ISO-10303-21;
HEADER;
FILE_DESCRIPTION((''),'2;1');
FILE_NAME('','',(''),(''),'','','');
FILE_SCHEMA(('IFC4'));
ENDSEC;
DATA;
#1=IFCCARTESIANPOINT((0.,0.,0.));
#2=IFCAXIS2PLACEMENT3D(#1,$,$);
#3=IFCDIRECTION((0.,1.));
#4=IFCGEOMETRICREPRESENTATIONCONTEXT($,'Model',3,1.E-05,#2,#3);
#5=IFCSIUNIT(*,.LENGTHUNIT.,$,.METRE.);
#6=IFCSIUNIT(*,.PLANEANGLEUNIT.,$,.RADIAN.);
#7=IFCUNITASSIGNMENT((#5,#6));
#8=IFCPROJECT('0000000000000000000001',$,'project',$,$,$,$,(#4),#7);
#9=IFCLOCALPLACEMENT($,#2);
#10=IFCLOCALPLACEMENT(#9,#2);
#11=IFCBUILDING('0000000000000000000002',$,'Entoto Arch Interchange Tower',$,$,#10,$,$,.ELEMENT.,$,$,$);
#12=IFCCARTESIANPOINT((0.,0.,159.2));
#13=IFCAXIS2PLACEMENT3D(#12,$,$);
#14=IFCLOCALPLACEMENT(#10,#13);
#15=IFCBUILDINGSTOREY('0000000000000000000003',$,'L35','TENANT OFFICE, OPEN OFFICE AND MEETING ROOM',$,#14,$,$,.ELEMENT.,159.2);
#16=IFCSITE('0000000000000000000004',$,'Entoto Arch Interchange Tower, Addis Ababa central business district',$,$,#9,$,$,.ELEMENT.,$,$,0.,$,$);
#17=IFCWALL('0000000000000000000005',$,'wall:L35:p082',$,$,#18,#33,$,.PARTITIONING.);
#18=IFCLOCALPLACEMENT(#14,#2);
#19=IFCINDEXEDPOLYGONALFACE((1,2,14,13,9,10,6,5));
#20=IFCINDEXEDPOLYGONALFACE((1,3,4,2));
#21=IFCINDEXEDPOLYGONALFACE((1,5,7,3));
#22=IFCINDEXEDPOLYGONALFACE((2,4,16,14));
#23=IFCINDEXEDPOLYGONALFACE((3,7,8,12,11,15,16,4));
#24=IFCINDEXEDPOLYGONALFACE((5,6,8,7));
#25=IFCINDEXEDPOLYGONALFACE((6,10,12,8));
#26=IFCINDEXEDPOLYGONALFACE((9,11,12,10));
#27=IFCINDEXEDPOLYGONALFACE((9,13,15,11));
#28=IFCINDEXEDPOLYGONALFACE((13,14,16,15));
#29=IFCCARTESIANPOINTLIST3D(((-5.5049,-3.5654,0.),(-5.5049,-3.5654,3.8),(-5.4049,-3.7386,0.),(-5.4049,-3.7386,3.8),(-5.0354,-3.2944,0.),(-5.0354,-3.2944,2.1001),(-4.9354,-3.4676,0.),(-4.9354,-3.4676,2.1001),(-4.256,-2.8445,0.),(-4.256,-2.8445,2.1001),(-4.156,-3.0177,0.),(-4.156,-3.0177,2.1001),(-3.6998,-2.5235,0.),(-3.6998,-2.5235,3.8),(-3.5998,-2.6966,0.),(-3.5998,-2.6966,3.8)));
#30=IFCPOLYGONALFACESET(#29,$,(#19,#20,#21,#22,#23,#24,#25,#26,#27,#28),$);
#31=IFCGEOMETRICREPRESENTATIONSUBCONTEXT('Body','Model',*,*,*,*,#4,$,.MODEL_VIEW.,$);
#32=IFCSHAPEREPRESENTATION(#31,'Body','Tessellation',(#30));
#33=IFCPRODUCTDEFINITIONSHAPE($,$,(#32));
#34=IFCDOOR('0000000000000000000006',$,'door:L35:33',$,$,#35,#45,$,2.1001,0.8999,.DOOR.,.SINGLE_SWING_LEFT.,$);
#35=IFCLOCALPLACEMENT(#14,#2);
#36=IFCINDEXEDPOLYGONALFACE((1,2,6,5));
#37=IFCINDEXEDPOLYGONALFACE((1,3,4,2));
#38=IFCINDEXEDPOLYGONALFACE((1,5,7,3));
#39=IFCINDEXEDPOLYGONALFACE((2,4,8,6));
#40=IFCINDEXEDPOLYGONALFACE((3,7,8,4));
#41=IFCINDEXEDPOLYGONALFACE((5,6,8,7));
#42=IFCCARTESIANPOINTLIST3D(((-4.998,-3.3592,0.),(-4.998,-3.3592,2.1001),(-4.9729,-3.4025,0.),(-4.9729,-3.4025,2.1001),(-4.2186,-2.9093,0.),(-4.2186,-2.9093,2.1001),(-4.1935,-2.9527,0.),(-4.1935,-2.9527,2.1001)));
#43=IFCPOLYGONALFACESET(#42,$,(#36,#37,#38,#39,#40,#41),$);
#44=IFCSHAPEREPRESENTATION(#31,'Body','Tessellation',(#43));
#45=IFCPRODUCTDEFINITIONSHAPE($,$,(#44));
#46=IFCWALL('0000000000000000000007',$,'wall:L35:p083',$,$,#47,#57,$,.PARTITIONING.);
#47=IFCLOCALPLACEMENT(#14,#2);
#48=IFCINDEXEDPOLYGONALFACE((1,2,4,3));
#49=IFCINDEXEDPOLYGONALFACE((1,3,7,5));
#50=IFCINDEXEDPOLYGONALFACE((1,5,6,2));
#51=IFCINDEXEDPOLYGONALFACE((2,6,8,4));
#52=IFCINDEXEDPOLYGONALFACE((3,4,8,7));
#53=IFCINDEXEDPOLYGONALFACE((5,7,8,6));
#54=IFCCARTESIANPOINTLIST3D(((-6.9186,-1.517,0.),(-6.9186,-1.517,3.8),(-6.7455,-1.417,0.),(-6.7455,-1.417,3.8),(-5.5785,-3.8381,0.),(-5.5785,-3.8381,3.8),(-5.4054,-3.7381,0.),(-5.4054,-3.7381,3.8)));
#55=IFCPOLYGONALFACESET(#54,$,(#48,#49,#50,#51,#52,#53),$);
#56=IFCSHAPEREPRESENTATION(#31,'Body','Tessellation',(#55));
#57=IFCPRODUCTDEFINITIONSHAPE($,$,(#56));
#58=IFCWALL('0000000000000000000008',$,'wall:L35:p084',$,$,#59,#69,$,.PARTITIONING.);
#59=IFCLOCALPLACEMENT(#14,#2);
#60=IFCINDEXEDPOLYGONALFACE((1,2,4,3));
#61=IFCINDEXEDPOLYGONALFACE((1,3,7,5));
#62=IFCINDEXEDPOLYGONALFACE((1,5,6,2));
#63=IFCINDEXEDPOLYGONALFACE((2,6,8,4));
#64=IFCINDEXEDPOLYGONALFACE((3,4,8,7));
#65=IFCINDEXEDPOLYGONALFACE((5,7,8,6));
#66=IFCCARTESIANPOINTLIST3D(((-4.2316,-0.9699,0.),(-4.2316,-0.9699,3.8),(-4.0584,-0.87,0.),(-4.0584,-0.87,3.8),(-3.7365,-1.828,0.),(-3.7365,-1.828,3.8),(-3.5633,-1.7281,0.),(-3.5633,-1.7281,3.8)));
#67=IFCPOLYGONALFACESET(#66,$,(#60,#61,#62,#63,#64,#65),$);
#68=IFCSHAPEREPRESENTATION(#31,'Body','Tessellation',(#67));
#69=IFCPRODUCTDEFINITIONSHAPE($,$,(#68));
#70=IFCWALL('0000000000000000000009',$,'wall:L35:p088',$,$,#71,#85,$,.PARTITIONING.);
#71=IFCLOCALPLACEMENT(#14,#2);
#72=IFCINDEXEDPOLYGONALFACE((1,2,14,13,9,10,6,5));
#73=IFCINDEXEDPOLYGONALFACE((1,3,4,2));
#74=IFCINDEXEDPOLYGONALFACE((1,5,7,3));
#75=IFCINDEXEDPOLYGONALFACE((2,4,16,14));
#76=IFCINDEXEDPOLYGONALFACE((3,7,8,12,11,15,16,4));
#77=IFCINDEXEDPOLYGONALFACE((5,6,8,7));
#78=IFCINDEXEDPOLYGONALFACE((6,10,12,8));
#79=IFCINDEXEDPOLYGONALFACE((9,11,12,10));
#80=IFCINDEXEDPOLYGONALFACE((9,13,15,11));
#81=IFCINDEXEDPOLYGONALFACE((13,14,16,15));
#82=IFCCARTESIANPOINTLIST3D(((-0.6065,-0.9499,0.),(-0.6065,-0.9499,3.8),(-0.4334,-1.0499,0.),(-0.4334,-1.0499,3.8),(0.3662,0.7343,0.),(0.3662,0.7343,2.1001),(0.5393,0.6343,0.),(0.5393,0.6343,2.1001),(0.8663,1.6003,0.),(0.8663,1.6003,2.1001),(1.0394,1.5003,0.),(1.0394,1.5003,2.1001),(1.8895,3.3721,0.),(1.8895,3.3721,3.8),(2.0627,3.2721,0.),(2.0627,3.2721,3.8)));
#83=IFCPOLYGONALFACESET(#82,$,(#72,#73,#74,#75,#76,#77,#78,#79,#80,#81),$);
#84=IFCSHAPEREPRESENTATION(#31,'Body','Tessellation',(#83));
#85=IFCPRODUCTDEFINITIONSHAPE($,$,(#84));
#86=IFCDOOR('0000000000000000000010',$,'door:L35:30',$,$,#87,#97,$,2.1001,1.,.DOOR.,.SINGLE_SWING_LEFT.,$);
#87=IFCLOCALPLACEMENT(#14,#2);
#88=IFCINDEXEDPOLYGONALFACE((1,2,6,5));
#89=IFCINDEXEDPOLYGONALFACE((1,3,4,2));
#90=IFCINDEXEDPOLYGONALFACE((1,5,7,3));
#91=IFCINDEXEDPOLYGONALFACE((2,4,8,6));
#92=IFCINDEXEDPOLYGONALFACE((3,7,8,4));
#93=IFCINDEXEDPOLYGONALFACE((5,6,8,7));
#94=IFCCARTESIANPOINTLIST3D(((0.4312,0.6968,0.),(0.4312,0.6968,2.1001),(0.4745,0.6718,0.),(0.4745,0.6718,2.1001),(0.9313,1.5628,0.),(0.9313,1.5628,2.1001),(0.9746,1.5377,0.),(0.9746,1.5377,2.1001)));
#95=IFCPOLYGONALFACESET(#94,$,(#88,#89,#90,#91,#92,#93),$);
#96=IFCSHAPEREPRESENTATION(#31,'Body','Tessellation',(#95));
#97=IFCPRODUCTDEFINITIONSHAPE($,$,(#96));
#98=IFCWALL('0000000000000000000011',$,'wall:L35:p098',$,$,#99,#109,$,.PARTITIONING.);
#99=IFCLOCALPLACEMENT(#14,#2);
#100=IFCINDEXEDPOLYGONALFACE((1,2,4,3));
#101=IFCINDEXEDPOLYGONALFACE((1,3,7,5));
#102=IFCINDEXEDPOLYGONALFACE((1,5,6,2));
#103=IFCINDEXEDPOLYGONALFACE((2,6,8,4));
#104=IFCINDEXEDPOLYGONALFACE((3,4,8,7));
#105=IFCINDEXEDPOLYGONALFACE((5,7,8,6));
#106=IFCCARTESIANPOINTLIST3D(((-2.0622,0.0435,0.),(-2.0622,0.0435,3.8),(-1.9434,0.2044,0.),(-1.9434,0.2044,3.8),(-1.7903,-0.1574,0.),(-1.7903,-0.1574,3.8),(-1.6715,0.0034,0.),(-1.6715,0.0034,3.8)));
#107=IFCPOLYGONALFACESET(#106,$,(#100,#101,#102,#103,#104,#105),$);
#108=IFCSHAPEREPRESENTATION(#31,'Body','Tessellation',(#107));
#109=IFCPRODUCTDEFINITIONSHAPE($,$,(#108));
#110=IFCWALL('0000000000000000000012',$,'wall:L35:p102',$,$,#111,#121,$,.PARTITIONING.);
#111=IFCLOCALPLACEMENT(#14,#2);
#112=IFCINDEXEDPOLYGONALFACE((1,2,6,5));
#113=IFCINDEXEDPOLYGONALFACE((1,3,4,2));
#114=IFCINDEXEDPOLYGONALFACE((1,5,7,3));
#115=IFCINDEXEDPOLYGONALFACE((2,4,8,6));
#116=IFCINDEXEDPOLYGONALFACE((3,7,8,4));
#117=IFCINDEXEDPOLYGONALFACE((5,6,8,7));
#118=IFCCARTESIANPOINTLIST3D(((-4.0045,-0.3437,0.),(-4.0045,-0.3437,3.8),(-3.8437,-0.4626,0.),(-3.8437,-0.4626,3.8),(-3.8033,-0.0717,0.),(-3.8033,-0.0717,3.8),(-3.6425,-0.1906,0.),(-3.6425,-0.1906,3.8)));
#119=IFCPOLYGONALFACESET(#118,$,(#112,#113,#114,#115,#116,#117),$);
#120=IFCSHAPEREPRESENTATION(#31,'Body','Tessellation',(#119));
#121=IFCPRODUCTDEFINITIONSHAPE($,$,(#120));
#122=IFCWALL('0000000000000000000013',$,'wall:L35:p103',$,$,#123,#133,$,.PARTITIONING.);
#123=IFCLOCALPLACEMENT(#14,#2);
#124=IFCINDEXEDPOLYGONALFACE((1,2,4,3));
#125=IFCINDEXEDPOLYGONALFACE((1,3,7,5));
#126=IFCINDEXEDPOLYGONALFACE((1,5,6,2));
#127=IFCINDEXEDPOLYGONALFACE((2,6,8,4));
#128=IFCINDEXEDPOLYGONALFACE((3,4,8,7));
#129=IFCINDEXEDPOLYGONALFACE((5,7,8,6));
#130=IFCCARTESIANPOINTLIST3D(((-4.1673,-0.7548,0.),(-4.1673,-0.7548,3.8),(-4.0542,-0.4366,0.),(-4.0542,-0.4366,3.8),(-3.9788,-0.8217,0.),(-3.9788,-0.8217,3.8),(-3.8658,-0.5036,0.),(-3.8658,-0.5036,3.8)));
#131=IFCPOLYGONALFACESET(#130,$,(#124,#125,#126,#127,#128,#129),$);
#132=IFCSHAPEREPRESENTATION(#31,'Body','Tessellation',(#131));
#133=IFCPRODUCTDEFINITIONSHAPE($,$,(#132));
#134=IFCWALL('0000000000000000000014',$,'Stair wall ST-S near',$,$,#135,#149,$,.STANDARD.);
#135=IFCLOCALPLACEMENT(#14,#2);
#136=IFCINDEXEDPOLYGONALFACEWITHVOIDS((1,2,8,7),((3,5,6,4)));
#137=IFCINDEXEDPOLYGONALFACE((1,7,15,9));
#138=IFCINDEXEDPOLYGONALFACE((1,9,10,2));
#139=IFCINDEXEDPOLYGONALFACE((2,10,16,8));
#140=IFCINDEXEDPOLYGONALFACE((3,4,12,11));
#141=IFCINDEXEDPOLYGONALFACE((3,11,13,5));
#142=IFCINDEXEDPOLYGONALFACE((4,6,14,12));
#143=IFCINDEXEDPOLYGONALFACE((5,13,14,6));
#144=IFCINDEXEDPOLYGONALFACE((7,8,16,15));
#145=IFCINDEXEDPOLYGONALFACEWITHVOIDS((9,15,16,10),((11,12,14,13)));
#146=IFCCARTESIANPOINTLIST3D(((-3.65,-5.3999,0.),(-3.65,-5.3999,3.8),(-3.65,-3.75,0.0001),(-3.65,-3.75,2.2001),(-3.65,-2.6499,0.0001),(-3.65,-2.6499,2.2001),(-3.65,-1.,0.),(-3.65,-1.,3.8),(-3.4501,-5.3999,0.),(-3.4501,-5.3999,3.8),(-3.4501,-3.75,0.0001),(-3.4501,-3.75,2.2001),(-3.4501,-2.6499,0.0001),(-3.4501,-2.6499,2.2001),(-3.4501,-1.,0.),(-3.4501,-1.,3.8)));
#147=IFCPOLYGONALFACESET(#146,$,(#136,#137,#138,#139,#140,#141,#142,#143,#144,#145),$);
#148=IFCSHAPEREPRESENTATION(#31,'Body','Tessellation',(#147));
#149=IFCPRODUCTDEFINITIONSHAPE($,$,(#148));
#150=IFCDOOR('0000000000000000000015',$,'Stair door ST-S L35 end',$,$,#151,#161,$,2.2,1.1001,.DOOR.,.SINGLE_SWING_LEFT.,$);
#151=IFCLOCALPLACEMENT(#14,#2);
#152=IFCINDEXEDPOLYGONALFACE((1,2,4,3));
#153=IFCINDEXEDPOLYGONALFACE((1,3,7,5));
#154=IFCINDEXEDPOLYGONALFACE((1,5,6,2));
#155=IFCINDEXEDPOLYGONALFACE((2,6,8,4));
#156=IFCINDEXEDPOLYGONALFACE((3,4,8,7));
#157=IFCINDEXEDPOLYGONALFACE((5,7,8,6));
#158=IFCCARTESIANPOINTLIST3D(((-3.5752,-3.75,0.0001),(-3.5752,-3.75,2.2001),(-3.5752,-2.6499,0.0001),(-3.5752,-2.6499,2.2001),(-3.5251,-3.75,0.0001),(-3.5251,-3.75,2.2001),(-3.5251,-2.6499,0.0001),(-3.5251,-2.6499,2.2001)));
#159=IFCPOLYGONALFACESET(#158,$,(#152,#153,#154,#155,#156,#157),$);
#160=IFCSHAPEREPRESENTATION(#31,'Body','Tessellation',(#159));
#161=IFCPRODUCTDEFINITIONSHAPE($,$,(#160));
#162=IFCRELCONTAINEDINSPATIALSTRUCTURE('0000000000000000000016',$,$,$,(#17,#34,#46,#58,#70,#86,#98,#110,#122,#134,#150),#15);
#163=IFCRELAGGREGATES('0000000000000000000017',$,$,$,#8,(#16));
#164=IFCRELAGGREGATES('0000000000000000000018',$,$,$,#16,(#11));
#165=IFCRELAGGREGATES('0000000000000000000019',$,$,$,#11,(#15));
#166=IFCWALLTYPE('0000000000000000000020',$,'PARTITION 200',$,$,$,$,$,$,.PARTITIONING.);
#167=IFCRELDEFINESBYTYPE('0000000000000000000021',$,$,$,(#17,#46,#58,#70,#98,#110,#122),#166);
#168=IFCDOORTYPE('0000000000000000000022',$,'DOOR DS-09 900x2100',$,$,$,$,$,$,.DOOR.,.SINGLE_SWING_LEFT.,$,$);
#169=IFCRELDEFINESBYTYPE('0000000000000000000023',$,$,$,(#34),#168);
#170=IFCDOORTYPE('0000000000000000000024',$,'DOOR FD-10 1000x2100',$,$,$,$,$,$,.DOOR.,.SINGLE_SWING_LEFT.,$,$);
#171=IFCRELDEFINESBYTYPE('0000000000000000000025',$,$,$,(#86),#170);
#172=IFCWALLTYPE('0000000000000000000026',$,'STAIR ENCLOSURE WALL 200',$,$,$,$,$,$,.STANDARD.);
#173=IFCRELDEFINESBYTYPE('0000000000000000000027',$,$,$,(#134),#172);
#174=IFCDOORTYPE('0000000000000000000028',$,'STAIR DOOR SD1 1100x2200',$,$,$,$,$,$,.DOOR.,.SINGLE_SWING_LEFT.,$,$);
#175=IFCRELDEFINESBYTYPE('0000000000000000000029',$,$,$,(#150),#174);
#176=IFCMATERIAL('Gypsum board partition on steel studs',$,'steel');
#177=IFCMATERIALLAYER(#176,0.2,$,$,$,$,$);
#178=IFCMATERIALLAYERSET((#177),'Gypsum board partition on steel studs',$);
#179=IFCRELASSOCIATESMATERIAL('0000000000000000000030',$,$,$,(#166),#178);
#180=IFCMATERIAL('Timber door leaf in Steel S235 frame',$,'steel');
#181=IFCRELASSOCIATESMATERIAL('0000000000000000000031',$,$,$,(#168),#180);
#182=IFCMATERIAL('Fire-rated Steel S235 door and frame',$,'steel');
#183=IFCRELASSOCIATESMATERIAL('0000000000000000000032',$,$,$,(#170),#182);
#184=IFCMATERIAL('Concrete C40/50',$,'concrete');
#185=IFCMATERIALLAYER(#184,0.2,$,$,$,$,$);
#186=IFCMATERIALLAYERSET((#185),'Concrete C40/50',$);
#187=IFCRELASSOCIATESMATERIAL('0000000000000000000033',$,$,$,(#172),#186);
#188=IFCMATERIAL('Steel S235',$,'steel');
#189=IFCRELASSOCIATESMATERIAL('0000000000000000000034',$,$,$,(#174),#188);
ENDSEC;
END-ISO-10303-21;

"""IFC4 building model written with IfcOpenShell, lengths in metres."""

from ifc_helpers import new_model, si_unit, direction, frame, frame_2d, origin, place, context, subcontext, project, spatial, rectangle, extrude, material, layer, layer_set, type_object, element, fill, save


model = new_model("IFC4")

# Units and contexts
model_context = context("Model", 3, precision=1e-05, world=origin(), true_north=direction((0.0, 1.0)))
body_context = subcontext(model_context, "Body", "Model", "MODEL_VIEW")
ifc_project = project(units=[si_unit("LENGTHUNIT", "METRE"), si_unit("PLANEANGLEUNIT", "RADIAN")], contexts=[model_context])

# Site, building, storey
site_placement = place(None, origin())
site = spatial("IfcSite", under=ifc_project, at=site_placement, Name="Entoto Arch Interchange Tower, Addis Ababa central business district", CompositionType="ELEMENT", RefElevation=0.0)
building_placement = place(site_placement, origin())
building = spatial("IfcBuilding", under=site, at=building_placement, Name="Entoto Arch Interchange Tower", CompositionType="ELEMENT")
storey_placement = place(building_placement, frame((0.0, 0.0, 159.2)))
storey = spatial("IfcBuildingStorey", under=building, at=storey_placement, Name="L35", Description="TENANT OFFICE, OPEN OFFICE AND MEETING ROOM", CompositionType="ELEMENT", Elevation=159.2)

# Shared definitions
ifc_material_1 = material(Name="Concrete C40/50", Category="concrete")

# Shared definitions
ifc_material_2 = material(Name="Gypsum board partition on steel studs", Category="steel")
ifc_layer_1 = layer(ifc_material_2, 0.2)
ifc_layer_set_1 = layer_set([ifc_layer_1], Name="Gypsum board partition on steel studs")
wall_type_1 = type_object("IfcWallType", Name="PARTITION 200", PredefinedType="PARTITIONING", material=ifc_layer_set_1)

# Wall, opening, door
wall_1_placement = place(storey_placement, frame((-3.6499, -2.6101, 0.0), z_axis=(0.0, 0.0, 1.0), x_axis=(-0.866072, -0.499918, 0.0)))
wall_1 = element("IfcWall", 1, at=wall_1_placement, inside=storey, type_object=wall_type_1, Name="wall:L35:p082", PredefinedType="PARTITIONING", context=body_context, shape_type="SweptSolid", body=[
    extrude(rectangle(XDim=2.0842, YDim=0.2, at=frame_2d((1.042, 0.0))), origin(), (0.0, 0.0, 1.0), 3.8),
])
opening_1_placement = place(wall_1_placement, frame((0.6421, 0.0, 0.0)))
opening_1 = element("IfcOpeningElement", 2, at=opening_1_placement, cuts=wall_1, PredefinedType="OPENING", context=body_context, shape_type="SweptSolid", body=[
    extrude(rectangle(XDim=0.8999, YDim=2.1001, at=frame_2d((0.45, 1.05))), frame((0.0, 0.1099, 0.0), z_axis=(0.0, -1.0, 0.0), x_axis=(1.0, 0.0, 0.0)), (0.0, 0.0, 1.0), 0.22),
])
ifc_material_3 = material(Name="Timber door leaf in Steel S235 frame", Category="steel")
door_type_1 = type_object("IfcDoorType", Name="DOOR DS-09 900x2100", OperationType="SINGLE_SWING_LEFT", PredefinedType="DOOR", material=ifc_material_3)
door_1_placement = place(opening_1_placement, origin())
door_1 = element("IfcDoor", 3, at=door_1_placement, inside=storey, type_object=door_type_1, Name="door:L35:33", OperationType="SINGLE_SWING_LEFT", OverallHeight=2.1001, OverallWidth=0.8999, PredefinedType="DOOR", context=body_context, shape_type="SweptSolid", body=[
    extrude(rectangle(XDim=0.8999, YDim=2.1001, at=frame_2d((0.45, 1.05))), frame((0.0, 0.0249, 0.0), z_axis=(0.0, -1.0, 0.0), x_axis=(1.0, 0.0, 0.0)), (0.0, 0.0, 1.0), 0.05),
])
fill(opening_1, door_1)

# Walls
wall_2_placement = place(storey_placement, frame((-5.4919, -3.7881, 0.0), z_axis=(0.0, 0.0, 1.0), x_axis=(-0.500009, 0.86602, 0.0)))
element("IfcWall", 4, at=wall_2_placement, inside=storey, type_object=wall_type_1, Name="wall:L35:p083", PredefinedType="PARTITIONING", context=body_context, shape_type="SweptSolid", body=[
    extrude(rectangle(XDim=2.6802, YDim=0.2, at=frame_2d((1.3401, 0.0))), origin(), (0.0, 0.0, 1.0), 3.8),
])
wall_3_placement = place(storey_placement, frame((-4.145, -0.9199, 0.0), z_axis=(0.0, 0.0, 1.0), x_axis=(0.499744, -0.866173, 0.0)))
element("IfcWall", 5, at=wall_3_placement, inside=storey, type_object=wall_type_1, Name="wall:L35:p084", PredefinedType="PARTITIONING", context=body_context, shape_type="SweptSolid", body=[
    extrude(rectangle(XDim=0.9907, YDim=0.2, at=frame_2d((0.4954, 0.0))), origin(), (0.0, 0.0, 1.0), 3.8),
])

# Wall, opening, door
wall_4_placement = place(storey_placement, frame((-0.52, -1.0, 0.0), z_axis=(0.0, 0.0, 1.0), x_axis=(0.500116, 0.865958, 0.0)))
wall_4 = element("IfcWall", 6, at=wall_4_placement, inside=storey, type_object=wall_type_1, Name="wall:L35:p088", PredefinedType="PARTITIONING", context=body_context, shape_type="SweptSolid", body=[
    extrude(rectangle(XDim=4.991, YDim=0.2, at=frame_2d((2.4956, 0.0))), origin(), (0.0, 0.0, 1.0), 3.8),
])
opening_2_placement = place(wall_4_placement, frame((1.9451, 0.0, 0.0)))
opening_2 = element("IfcOpeningElement", 7, at=opening_2_placement, cuts=wall_4, PredefinedType="OPENING", context=body_context, shape_type="SweptSolid", body=[
    extrude(rectangle(XDim=1.0, YDim=2.1001, at=frame_2d((0.5, 1.05))), frame((0.0, 0.1099, 0.0), z_axis=(0.0, -1.0, 0.0), x_axis=(1.0, 0.0, 0.0)), (0.0, 0.0, 1.0), 0.22),
])
ifc_material_4 = material(Name="Fire-rated Steel S235 door and frame", Category="steel")
door_type_2 = type_object("IfcDoorType", Name="DOOR FD-10 1000x2100", OperationType="SINGLE_SWING_LEFT", PredefinedType="DOOR", material=ifc_material_4)
door_2_placement = place(opening_2_placement, origin())
door_2 = element("IfcDoor", 8, at=door_2_placement, inside=storey, type_object=door_type_2, Name="door:L35:30", OperationType="SINGLE_SWING_LEFT", OverallHeight=2.1001, OverallWidth=1.0, PredefinedType="DOOR", context=body_context, shape_type="SweptSolid", body=[
    extrude(rectangle(XDim=1.0, YDim=2.1001, at=frame_2d((0.5, 1.05))), frame((0.0, 0.0249, 0.0), z_axis=(0.0, -1.0, 0.0), x_axis=(1.0, 0.0, 0.0)), (0.0, 0.0, 1.0), 0.05),
])
fill(opening_2, door_2)

# Walls
wall_5_placement = place(storey_placement, frame((-1.731, -0.0769, 0.0), z_axis=(0.0, 0.0, 1.0), x_axis=(-0.804311, 0.594208, 0.0)))
element("IfcWall", 9, at=wall_5_placement, inside=storey, type_object=wall_type_1, Name="wall:L35:p098", PredefinedType="PARTITIONING", context=body_context, shape_type="SweptSolid", body=[
    extrude(rectangle(XDim=0.3381, YDim=0.2, at=frame_2d((0.1689, 0.0))), origin(), (0.0, 0.0, 1.0), 3.8),
])
wall_6_placement = place(storey_placement, frame((-3.7229, -0.1311, 0.0), z_axis=(0.0, 0.0, 1.0), x_axis=(-0.594675, -0.803966, 0.0)))
element("IfcWall", 10, at=wall_6_placement, inside=storey, type_object=wall_type_1, Name="wall:L35:p102", PredefinedType="PARTITIONING", context=body_context, shape_type="SweptSolid", body=[
    extrude(rectangle(XDim=0.3384, YDim=0.2, at=frame_2d((0.1692, 0.0))), origin(), (0.0, 0.0, 1.0), 3.8),
])
wall_7_placement = place(storey_placement, frame((-3.96, -0.47, 0.0), z_axis=(0.0, 0.0, 1.0), x_axis=(-0.334824, -0.942281, 0.0)))
element("IfcWall", 11, at=wall_7_placement, inside=storey, type_object=wall_type_1, Name="wall:L35:p103", PredefinedType="PARTITIONING", context=body_context, shape_type="SweptSolid", body=[
    extrude(rectangle(XDim=0.3376, YDim=0.2, at=frame_2d((0.1689, 0.0))), origin(), (0.0, 0.0, 1.0), 3.8),
])

# Wall, opening, door
ifc_layer_2 = layer(ifc_material_1, 0.2)
ifc_layer_set_2 = layer_set([ifc_layer_2], Name="Concrete C40/50")
wall_type_2 = type_object("IfcWallType", Name="STAIR ENCLOSURE WALL 200", PredefinedType="STANDARD", material=ifc_layer_set_2)
wall_8_placement = place(storey_placement, frame((-3.55, -1.0, 0.0), z_axis=(0.0, 0.0, 1.0), x_axis=(0.0, -1.0, 0.0)))
wall_8 = element("IfcWall", 12, at=wall_8_placement, inside=storey, type_object=wall_type_2, Name="Stair wall ST-S near", PredefinedType="STANDARD", context=body_context, shape_type="SweptSolid", body=[
    extrude(rectangle(XDim=4.3999, YDim=0.2, at=frame_2d((2.2, 0.0))), origin(), (0.0, 0.0, 1.0), 3.8),
])
opening_3_placement = place(wall_8_placement, frame((1.6499, 0.0, 0.0)))
opening_3 = element("IfcOpeningElement", 13, at=opening_3_placement, cuts=wall_8, PredefinedType="OPENING", context=body_context, shape_type="SweptSolid", body=[
    extrude(rectangle(XDim=1.1001, YDim=2.2, at=frame_2d((0.55, 1.1001))), frame((0.0, 0.1099, 0.0), z_axis=(0.0, -1.0, 0.0), x_axis=(1.0, 0.0, 0.0)), (0.0, 0.0, 1.0), 0.22),
])
ifc_material_5 = material(Name="Steel S235", Category="steel")
door_type_3 = type_object("IfcDoorType", Name="STAIR DOOR SD1 1100x2200", OperationType="SINGLE_SWING_LEFT", PredefinedType="DOOR", material=ifc_material_5)
door_3_placement = place(opening_3_placement, origin())
door_3 = element("IfcDoor", 14, at=door_3_placement, inside=storey, type_object=door_type_3, Name="Stair door ST-S L35 end", OperationType="SINGLE_SWING_LEFT", OverallHeight=2.2, OverallWidth=1.1001, PredefinedType="DOOR", context=body_context, shape_type="SweptSolid", body=[
    extrude(rectangle(XDim=1.1001, YDim=2.2, at=frame_2d((0.55, 1.1001))), frame((0.0, 0.0249, 0.0), z_axis=(0.0, -1.0, 0.0), x_axis=(1.0, 0.0, 0.0)), (0.0, 0.0, 1.0), 0.05),
])
fill(opening_3, door_3)

save(model, "model.ifc")
